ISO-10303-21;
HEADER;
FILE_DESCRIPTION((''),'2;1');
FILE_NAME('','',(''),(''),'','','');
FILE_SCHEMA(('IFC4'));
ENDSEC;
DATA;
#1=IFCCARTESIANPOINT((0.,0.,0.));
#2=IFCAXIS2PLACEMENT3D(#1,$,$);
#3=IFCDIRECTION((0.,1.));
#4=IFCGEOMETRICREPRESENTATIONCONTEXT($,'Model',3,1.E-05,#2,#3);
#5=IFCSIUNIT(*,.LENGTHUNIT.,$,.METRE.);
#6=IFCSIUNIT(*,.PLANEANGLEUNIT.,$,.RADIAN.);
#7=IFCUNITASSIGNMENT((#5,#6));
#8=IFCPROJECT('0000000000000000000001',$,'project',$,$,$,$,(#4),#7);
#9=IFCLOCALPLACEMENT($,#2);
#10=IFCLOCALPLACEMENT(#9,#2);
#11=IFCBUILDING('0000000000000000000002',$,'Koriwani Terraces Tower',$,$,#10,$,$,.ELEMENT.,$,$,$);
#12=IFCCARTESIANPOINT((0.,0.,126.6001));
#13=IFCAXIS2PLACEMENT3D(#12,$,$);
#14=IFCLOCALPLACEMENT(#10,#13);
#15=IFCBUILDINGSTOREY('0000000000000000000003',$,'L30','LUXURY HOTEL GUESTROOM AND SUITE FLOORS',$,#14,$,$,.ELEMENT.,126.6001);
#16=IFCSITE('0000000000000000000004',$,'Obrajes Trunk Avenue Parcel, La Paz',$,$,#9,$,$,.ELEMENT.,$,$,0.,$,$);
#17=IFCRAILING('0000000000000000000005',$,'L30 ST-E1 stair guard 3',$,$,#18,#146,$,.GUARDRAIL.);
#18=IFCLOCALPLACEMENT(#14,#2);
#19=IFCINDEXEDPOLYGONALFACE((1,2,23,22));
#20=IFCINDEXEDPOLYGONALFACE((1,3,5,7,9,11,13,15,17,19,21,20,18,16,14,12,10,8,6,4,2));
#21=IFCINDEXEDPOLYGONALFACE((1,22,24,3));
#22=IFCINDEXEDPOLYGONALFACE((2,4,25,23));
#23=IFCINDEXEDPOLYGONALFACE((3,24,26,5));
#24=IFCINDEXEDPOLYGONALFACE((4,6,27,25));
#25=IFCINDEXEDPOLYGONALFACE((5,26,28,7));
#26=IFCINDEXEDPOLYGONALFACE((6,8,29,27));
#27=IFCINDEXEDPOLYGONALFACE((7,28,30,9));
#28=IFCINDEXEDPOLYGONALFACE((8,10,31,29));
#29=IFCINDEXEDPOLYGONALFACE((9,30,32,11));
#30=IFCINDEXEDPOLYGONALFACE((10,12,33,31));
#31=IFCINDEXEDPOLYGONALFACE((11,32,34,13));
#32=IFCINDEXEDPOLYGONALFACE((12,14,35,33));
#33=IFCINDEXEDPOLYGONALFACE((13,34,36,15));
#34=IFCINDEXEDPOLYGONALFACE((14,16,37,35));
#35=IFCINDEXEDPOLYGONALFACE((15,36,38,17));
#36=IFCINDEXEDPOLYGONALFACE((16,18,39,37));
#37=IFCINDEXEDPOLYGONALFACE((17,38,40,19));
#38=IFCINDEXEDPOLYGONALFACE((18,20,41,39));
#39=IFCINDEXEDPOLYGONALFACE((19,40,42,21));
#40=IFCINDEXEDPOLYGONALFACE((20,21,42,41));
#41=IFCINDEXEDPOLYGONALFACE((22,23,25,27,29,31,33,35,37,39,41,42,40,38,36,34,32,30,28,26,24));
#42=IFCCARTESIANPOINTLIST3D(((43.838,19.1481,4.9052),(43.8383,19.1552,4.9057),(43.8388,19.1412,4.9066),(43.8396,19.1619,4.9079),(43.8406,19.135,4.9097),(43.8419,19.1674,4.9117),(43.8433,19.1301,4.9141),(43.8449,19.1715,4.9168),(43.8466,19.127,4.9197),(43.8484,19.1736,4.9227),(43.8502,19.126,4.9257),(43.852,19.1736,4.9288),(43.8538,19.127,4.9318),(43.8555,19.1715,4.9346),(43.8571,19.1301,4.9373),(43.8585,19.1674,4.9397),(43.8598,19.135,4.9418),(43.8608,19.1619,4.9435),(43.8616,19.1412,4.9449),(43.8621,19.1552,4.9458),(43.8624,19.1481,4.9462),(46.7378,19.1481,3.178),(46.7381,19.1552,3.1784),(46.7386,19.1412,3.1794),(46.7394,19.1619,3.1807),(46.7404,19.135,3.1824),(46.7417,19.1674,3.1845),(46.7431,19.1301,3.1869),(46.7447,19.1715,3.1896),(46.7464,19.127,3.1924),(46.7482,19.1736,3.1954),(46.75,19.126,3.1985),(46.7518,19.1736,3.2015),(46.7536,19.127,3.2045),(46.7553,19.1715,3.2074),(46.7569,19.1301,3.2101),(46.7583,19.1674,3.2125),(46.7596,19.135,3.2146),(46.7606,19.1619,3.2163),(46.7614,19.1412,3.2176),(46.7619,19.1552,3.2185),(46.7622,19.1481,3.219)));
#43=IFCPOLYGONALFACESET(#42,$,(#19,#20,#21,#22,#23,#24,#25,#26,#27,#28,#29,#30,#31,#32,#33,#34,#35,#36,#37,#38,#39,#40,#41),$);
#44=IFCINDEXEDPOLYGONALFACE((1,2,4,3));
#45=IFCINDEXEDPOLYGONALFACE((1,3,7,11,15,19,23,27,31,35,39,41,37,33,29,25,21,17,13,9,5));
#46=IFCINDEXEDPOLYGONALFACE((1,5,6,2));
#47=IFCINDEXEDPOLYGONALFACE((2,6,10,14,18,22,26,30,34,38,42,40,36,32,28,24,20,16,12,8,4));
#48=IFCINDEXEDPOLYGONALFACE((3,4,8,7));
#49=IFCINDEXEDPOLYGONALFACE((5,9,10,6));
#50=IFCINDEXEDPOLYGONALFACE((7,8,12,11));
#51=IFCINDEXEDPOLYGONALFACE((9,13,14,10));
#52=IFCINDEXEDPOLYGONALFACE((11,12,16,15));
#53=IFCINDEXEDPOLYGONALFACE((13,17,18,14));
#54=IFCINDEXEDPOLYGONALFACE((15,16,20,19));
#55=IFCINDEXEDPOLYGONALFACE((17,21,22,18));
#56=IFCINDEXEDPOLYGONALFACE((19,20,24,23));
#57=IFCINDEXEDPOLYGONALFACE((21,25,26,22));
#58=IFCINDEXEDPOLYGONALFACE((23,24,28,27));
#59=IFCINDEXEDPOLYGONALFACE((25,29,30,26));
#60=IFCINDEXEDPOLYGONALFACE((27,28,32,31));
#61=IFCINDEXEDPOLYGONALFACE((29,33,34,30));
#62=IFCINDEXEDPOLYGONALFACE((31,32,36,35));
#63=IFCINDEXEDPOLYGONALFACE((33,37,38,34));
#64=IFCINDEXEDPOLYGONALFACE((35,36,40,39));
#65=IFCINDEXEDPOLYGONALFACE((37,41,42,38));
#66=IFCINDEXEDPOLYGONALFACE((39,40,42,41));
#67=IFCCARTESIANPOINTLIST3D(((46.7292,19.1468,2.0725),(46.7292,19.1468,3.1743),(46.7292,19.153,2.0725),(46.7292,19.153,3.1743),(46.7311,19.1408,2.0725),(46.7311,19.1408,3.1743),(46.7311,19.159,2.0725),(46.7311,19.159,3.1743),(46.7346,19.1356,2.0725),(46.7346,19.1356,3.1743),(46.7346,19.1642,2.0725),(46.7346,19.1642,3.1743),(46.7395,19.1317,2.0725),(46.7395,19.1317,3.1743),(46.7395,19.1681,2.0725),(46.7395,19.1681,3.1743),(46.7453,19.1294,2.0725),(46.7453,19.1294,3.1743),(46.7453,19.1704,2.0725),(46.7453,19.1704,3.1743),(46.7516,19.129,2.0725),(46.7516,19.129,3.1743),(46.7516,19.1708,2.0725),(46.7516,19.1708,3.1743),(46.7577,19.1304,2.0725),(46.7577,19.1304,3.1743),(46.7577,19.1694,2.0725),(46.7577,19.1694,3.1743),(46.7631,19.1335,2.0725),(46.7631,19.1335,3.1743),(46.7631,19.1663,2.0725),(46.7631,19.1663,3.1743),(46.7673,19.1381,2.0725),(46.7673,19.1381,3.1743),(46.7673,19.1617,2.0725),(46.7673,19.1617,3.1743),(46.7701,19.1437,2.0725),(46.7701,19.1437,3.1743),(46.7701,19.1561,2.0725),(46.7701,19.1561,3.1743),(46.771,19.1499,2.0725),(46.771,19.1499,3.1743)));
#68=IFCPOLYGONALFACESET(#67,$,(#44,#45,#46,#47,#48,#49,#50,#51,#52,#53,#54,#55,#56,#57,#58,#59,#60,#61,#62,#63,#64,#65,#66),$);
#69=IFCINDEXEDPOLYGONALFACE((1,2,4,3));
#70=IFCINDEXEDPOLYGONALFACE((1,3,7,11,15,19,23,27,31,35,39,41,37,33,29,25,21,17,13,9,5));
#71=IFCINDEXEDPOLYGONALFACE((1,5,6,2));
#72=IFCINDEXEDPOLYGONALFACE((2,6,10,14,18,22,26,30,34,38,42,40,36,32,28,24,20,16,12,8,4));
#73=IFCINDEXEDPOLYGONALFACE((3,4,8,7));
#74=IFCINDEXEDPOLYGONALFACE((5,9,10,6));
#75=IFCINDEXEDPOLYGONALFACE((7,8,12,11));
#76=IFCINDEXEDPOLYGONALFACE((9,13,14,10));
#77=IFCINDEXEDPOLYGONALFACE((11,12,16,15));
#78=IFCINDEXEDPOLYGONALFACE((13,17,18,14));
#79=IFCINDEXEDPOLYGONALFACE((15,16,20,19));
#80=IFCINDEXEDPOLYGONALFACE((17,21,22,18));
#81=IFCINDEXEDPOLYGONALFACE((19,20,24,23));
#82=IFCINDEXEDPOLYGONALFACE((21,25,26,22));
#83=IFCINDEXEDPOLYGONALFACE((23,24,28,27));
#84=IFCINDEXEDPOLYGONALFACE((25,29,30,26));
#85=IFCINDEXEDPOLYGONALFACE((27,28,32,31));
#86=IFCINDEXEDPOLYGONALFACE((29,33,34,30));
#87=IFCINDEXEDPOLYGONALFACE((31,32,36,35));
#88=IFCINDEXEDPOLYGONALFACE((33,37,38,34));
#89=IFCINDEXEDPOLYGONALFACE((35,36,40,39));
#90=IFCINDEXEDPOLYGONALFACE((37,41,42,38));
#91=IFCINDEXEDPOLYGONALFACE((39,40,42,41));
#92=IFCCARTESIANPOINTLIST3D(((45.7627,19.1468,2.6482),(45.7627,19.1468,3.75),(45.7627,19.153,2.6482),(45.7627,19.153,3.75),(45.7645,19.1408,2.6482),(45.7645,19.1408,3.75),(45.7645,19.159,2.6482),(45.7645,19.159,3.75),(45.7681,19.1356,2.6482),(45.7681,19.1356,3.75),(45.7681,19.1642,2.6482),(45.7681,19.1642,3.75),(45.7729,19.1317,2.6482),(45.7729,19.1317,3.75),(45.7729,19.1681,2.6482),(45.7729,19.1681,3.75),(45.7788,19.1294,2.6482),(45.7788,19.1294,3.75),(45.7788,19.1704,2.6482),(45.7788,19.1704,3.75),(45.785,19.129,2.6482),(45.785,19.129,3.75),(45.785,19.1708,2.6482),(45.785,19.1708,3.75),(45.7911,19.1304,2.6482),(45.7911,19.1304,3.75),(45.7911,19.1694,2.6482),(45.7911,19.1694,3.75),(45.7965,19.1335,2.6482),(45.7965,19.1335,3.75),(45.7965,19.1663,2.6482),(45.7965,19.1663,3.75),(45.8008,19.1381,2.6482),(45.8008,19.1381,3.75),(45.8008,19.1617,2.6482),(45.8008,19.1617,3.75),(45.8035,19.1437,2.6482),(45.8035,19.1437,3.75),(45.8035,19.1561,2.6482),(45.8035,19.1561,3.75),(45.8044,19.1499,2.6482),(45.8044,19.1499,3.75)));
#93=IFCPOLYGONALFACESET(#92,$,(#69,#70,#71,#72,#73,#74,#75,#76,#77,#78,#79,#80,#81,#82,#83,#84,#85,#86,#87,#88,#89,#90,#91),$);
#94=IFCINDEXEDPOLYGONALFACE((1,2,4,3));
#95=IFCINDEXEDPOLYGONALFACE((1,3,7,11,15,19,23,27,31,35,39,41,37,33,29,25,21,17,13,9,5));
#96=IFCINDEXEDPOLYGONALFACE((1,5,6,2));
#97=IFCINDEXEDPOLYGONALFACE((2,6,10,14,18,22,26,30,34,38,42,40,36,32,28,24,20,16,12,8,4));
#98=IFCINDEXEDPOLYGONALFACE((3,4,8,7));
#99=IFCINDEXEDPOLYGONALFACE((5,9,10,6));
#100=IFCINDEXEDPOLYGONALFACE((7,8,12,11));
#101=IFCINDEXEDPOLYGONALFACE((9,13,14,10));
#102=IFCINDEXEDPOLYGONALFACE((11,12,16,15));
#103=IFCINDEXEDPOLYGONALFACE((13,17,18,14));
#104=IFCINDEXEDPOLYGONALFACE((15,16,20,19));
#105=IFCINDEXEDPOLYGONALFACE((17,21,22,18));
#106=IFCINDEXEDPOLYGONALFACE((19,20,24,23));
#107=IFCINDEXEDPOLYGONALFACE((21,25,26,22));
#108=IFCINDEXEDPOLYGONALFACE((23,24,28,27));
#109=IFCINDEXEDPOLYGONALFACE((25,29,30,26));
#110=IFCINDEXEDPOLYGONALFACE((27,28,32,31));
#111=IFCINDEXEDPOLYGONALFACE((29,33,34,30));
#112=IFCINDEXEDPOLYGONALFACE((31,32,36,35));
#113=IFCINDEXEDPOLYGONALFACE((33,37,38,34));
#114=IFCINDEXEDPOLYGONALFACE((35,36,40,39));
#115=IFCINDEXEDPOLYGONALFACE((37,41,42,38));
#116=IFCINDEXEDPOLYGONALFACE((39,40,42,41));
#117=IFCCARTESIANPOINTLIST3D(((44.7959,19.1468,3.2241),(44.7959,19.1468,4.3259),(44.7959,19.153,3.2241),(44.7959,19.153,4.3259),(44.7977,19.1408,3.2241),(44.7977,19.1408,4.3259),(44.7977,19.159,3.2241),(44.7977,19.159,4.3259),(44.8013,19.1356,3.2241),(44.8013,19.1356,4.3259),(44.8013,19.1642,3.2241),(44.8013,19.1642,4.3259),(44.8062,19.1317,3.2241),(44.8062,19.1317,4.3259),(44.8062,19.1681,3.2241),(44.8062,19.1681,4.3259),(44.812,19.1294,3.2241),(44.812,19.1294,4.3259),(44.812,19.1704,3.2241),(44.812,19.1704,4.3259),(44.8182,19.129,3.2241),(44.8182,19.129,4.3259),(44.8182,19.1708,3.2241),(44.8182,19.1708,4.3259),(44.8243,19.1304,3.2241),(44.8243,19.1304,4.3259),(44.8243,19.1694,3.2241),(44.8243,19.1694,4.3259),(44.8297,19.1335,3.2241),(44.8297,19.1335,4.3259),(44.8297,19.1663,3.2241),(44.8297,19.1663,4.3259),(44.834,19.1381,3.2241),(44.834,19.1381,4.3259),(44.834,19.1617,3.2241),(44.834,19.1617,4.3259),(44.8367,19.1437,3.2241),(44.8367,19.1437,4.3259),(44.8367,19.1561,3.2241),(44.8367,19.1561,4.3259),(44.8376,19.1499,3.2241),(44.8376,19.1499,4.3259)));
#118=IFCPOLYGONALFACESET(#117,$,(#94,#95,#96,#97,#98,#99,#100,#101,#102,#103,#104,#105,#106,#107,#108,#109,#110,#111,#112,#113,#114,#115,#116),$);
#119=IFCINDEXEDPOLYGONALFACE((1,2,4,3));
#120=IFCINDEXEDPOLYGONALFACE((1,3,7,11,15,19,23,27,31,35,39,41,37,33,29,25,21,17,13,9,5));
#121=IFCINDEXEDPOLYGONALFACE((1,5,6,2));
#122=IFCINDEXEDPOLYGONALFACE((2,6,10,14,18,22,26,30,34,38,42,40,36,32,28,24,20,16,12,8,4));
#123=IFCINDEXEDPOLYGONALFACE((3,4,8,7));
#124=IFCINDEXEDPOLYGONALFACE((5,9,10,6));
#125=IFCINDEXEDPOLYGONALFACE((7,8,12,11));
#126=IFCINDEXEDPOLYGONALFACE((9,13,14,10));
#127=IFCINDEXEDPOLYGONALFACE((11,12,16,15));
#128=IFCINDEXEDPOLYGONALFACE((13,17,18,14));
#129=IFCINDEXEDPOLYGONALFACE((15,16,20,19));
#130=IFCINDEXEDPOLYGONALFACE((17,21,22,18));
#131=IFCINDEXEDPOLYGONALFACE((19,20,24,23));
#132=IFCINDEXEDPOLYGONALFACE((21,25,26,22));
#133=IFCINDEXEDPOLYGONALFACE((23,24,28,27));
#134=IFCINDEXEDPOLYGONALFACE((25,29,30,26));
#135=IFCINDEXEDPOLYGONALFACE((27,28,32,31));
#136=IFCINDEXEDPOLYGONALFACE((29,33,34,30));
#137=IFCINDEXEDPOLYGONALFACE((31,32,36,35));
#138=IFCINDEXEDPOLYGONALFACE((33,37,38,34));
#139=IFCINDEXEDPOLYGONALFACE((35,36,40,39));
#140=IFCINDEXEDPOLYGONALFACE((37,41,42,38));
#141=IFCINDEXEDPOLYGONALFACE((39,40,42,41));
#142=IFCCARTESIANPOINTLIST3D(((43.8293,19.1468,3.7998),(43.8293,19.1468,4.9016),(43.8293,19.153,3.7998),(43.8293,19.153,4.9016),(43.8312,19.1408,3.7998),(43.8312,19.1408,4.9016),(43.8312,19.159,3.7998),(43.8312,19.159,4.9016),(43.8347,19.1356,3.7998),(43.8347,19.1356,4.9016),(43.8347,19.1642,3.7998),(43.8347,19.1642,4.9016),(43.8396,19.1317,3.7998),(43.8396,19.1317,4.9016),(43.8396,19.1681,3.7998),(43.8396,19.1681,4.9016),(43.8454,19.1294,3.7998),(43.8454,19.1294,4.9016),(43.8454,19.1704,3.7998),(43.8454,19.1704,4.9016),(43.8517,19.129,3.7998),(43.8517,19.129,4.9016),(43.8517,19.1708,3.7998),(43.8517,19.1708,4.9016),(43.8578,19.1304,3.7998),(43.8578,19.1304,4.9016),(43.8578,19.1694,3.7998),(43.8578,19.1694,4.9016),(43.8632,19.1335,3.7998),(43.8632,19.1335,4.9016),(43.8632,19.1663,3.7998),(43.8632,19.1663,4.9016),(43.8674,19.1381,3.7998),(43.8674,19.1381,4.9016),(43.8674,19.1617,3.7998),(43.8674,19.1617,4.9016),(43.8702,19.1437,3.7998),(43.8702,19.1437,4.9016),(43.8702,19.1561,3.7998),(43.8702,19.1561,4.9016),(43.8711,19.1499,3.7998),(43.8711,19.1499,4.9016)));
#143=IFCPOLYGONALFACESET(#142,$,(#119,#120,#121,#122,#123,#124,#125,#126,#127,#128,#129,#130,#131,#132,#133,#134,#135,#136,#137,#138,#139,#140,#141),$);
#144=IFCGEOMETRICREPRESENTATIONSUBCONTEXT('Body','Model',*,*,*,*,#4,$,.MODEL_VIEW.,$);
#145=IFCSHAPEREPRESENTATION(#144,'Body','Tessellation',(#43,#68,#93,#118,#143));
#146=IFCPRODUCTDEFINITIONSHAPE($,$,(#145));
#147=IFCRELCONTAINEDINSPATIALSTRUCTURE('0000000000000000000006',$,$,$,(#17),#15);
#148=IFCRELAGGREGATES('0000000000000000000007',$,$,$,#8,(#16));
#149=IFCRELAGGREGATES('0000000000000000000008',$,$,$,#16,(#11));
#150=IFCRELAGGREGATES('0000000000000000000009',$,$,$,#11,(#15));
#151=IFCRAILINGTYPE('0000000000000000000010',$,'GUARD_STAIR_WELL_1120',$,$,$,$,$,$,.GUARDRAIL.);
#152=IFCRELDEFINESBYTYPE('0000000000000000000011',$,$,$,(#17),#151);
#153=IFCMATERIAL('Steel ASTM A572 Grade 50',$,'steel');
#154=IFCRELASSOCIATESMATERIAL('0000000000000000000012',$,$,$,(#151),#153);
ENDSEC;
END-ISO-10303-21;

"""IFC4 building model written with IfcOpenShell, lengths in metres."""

from ifc_helpers import new_model, si_unit, direction, frame, origin, origin_2d, place, context, subcontext, project, spatial, circle, extrude, material, type_object, element, save


model = new_model("IFC4")

# Units and contexts
model_context = context("Model", 3, precision=1e-05, world=origin(), true_north=direction((0.0, 1.0)))
body_context = subcontext(model_context, "Body", "Model", "MODEL_VIEW")
ifc_project = project(units=[si_unit("LENGTHUNIT", "METRE"), si_unit("PLANEANGLEUNIT", "RADIAN")], contexts=[model_context])

# Site, building, storey
site_placement = place(None, origin())
site = spatial("IfcSite", under=ifc_project, at=site_placement, Name="Obrajes Trunk Avenue Parcel, La Paz", CompositionType="ELEMENT", RefElevation=0.0)
building_placement = place(site_placement, origin())
building = spatial("IfcBuilding", under=site, at=building_placement, Name="Koriwani Terraces Tower", CompositionType="ELEMENT")
storey_placement = place(building_placement, frame((0.0, 0.0, 126.6001)))
storey = spatial("IfcBuildingStorey", under=building, at=storey_placement, Name="L30", Description="LUXURY HOTEL GUESTROOM AND SUITE FLOORS", CompositionType="ELEMENT", Elevation=126.6001)

# Shared definitions
ifc_material_1 = material(Name="Steel ASTM A572 Grade 50", Category="steel")

# Railing
railing_type_1 = type_object("IfcRailingType", Name="GUARD_STAIR_WELL_1120", PredefinedType="GUARDRAIL", material=ifc_material_1)
railing_1_placement = place(storey_placement, frame((46.75, 19.1499, 2.0725)))
element("IfcRailing", 1, at=railing_1_placement, inside=storey, type_object=railing_type_1, Name="L30 ST-E1 stair guard 3", PredefinedType="GUARDRAIL", context=body_context, shape_type="SweptSolid", body=[
    extrude(circle(Radius=0.0239, at=origin_2d()), frame((0.0, 0.0, 1.126), z_axis=(-0.859141, 0.0, 0.511738), x_axis=(0.0, -1.0, 0.0)), (0.0, 0.0, 1.0), 3.3752),
    extrude(circle(Radius=0.021, at=origin_2d()), origin(), (0.0, 0.0, 1.0), 1.1018),
    extrude(circle(Radius=0.021, at=origin_2d()), frame((-0.9666, 0.0, 0.5757)), (0.0, 0.0, 1.0), 1.1018),
    extrude(circle(Radius=0.021, at=origin_2d()), frame((-1.9333, 0.0, 1.1516)), (0.0, 0.0, 1.0), 1.1018),
    extrude(circle(Radius=0.021, at=origin_2d()), frame((-2.8999, 0.0, 1.7273)), (0.0, 0.0, 1.0), 1.1018),
])

save(model, "model.ifc")
